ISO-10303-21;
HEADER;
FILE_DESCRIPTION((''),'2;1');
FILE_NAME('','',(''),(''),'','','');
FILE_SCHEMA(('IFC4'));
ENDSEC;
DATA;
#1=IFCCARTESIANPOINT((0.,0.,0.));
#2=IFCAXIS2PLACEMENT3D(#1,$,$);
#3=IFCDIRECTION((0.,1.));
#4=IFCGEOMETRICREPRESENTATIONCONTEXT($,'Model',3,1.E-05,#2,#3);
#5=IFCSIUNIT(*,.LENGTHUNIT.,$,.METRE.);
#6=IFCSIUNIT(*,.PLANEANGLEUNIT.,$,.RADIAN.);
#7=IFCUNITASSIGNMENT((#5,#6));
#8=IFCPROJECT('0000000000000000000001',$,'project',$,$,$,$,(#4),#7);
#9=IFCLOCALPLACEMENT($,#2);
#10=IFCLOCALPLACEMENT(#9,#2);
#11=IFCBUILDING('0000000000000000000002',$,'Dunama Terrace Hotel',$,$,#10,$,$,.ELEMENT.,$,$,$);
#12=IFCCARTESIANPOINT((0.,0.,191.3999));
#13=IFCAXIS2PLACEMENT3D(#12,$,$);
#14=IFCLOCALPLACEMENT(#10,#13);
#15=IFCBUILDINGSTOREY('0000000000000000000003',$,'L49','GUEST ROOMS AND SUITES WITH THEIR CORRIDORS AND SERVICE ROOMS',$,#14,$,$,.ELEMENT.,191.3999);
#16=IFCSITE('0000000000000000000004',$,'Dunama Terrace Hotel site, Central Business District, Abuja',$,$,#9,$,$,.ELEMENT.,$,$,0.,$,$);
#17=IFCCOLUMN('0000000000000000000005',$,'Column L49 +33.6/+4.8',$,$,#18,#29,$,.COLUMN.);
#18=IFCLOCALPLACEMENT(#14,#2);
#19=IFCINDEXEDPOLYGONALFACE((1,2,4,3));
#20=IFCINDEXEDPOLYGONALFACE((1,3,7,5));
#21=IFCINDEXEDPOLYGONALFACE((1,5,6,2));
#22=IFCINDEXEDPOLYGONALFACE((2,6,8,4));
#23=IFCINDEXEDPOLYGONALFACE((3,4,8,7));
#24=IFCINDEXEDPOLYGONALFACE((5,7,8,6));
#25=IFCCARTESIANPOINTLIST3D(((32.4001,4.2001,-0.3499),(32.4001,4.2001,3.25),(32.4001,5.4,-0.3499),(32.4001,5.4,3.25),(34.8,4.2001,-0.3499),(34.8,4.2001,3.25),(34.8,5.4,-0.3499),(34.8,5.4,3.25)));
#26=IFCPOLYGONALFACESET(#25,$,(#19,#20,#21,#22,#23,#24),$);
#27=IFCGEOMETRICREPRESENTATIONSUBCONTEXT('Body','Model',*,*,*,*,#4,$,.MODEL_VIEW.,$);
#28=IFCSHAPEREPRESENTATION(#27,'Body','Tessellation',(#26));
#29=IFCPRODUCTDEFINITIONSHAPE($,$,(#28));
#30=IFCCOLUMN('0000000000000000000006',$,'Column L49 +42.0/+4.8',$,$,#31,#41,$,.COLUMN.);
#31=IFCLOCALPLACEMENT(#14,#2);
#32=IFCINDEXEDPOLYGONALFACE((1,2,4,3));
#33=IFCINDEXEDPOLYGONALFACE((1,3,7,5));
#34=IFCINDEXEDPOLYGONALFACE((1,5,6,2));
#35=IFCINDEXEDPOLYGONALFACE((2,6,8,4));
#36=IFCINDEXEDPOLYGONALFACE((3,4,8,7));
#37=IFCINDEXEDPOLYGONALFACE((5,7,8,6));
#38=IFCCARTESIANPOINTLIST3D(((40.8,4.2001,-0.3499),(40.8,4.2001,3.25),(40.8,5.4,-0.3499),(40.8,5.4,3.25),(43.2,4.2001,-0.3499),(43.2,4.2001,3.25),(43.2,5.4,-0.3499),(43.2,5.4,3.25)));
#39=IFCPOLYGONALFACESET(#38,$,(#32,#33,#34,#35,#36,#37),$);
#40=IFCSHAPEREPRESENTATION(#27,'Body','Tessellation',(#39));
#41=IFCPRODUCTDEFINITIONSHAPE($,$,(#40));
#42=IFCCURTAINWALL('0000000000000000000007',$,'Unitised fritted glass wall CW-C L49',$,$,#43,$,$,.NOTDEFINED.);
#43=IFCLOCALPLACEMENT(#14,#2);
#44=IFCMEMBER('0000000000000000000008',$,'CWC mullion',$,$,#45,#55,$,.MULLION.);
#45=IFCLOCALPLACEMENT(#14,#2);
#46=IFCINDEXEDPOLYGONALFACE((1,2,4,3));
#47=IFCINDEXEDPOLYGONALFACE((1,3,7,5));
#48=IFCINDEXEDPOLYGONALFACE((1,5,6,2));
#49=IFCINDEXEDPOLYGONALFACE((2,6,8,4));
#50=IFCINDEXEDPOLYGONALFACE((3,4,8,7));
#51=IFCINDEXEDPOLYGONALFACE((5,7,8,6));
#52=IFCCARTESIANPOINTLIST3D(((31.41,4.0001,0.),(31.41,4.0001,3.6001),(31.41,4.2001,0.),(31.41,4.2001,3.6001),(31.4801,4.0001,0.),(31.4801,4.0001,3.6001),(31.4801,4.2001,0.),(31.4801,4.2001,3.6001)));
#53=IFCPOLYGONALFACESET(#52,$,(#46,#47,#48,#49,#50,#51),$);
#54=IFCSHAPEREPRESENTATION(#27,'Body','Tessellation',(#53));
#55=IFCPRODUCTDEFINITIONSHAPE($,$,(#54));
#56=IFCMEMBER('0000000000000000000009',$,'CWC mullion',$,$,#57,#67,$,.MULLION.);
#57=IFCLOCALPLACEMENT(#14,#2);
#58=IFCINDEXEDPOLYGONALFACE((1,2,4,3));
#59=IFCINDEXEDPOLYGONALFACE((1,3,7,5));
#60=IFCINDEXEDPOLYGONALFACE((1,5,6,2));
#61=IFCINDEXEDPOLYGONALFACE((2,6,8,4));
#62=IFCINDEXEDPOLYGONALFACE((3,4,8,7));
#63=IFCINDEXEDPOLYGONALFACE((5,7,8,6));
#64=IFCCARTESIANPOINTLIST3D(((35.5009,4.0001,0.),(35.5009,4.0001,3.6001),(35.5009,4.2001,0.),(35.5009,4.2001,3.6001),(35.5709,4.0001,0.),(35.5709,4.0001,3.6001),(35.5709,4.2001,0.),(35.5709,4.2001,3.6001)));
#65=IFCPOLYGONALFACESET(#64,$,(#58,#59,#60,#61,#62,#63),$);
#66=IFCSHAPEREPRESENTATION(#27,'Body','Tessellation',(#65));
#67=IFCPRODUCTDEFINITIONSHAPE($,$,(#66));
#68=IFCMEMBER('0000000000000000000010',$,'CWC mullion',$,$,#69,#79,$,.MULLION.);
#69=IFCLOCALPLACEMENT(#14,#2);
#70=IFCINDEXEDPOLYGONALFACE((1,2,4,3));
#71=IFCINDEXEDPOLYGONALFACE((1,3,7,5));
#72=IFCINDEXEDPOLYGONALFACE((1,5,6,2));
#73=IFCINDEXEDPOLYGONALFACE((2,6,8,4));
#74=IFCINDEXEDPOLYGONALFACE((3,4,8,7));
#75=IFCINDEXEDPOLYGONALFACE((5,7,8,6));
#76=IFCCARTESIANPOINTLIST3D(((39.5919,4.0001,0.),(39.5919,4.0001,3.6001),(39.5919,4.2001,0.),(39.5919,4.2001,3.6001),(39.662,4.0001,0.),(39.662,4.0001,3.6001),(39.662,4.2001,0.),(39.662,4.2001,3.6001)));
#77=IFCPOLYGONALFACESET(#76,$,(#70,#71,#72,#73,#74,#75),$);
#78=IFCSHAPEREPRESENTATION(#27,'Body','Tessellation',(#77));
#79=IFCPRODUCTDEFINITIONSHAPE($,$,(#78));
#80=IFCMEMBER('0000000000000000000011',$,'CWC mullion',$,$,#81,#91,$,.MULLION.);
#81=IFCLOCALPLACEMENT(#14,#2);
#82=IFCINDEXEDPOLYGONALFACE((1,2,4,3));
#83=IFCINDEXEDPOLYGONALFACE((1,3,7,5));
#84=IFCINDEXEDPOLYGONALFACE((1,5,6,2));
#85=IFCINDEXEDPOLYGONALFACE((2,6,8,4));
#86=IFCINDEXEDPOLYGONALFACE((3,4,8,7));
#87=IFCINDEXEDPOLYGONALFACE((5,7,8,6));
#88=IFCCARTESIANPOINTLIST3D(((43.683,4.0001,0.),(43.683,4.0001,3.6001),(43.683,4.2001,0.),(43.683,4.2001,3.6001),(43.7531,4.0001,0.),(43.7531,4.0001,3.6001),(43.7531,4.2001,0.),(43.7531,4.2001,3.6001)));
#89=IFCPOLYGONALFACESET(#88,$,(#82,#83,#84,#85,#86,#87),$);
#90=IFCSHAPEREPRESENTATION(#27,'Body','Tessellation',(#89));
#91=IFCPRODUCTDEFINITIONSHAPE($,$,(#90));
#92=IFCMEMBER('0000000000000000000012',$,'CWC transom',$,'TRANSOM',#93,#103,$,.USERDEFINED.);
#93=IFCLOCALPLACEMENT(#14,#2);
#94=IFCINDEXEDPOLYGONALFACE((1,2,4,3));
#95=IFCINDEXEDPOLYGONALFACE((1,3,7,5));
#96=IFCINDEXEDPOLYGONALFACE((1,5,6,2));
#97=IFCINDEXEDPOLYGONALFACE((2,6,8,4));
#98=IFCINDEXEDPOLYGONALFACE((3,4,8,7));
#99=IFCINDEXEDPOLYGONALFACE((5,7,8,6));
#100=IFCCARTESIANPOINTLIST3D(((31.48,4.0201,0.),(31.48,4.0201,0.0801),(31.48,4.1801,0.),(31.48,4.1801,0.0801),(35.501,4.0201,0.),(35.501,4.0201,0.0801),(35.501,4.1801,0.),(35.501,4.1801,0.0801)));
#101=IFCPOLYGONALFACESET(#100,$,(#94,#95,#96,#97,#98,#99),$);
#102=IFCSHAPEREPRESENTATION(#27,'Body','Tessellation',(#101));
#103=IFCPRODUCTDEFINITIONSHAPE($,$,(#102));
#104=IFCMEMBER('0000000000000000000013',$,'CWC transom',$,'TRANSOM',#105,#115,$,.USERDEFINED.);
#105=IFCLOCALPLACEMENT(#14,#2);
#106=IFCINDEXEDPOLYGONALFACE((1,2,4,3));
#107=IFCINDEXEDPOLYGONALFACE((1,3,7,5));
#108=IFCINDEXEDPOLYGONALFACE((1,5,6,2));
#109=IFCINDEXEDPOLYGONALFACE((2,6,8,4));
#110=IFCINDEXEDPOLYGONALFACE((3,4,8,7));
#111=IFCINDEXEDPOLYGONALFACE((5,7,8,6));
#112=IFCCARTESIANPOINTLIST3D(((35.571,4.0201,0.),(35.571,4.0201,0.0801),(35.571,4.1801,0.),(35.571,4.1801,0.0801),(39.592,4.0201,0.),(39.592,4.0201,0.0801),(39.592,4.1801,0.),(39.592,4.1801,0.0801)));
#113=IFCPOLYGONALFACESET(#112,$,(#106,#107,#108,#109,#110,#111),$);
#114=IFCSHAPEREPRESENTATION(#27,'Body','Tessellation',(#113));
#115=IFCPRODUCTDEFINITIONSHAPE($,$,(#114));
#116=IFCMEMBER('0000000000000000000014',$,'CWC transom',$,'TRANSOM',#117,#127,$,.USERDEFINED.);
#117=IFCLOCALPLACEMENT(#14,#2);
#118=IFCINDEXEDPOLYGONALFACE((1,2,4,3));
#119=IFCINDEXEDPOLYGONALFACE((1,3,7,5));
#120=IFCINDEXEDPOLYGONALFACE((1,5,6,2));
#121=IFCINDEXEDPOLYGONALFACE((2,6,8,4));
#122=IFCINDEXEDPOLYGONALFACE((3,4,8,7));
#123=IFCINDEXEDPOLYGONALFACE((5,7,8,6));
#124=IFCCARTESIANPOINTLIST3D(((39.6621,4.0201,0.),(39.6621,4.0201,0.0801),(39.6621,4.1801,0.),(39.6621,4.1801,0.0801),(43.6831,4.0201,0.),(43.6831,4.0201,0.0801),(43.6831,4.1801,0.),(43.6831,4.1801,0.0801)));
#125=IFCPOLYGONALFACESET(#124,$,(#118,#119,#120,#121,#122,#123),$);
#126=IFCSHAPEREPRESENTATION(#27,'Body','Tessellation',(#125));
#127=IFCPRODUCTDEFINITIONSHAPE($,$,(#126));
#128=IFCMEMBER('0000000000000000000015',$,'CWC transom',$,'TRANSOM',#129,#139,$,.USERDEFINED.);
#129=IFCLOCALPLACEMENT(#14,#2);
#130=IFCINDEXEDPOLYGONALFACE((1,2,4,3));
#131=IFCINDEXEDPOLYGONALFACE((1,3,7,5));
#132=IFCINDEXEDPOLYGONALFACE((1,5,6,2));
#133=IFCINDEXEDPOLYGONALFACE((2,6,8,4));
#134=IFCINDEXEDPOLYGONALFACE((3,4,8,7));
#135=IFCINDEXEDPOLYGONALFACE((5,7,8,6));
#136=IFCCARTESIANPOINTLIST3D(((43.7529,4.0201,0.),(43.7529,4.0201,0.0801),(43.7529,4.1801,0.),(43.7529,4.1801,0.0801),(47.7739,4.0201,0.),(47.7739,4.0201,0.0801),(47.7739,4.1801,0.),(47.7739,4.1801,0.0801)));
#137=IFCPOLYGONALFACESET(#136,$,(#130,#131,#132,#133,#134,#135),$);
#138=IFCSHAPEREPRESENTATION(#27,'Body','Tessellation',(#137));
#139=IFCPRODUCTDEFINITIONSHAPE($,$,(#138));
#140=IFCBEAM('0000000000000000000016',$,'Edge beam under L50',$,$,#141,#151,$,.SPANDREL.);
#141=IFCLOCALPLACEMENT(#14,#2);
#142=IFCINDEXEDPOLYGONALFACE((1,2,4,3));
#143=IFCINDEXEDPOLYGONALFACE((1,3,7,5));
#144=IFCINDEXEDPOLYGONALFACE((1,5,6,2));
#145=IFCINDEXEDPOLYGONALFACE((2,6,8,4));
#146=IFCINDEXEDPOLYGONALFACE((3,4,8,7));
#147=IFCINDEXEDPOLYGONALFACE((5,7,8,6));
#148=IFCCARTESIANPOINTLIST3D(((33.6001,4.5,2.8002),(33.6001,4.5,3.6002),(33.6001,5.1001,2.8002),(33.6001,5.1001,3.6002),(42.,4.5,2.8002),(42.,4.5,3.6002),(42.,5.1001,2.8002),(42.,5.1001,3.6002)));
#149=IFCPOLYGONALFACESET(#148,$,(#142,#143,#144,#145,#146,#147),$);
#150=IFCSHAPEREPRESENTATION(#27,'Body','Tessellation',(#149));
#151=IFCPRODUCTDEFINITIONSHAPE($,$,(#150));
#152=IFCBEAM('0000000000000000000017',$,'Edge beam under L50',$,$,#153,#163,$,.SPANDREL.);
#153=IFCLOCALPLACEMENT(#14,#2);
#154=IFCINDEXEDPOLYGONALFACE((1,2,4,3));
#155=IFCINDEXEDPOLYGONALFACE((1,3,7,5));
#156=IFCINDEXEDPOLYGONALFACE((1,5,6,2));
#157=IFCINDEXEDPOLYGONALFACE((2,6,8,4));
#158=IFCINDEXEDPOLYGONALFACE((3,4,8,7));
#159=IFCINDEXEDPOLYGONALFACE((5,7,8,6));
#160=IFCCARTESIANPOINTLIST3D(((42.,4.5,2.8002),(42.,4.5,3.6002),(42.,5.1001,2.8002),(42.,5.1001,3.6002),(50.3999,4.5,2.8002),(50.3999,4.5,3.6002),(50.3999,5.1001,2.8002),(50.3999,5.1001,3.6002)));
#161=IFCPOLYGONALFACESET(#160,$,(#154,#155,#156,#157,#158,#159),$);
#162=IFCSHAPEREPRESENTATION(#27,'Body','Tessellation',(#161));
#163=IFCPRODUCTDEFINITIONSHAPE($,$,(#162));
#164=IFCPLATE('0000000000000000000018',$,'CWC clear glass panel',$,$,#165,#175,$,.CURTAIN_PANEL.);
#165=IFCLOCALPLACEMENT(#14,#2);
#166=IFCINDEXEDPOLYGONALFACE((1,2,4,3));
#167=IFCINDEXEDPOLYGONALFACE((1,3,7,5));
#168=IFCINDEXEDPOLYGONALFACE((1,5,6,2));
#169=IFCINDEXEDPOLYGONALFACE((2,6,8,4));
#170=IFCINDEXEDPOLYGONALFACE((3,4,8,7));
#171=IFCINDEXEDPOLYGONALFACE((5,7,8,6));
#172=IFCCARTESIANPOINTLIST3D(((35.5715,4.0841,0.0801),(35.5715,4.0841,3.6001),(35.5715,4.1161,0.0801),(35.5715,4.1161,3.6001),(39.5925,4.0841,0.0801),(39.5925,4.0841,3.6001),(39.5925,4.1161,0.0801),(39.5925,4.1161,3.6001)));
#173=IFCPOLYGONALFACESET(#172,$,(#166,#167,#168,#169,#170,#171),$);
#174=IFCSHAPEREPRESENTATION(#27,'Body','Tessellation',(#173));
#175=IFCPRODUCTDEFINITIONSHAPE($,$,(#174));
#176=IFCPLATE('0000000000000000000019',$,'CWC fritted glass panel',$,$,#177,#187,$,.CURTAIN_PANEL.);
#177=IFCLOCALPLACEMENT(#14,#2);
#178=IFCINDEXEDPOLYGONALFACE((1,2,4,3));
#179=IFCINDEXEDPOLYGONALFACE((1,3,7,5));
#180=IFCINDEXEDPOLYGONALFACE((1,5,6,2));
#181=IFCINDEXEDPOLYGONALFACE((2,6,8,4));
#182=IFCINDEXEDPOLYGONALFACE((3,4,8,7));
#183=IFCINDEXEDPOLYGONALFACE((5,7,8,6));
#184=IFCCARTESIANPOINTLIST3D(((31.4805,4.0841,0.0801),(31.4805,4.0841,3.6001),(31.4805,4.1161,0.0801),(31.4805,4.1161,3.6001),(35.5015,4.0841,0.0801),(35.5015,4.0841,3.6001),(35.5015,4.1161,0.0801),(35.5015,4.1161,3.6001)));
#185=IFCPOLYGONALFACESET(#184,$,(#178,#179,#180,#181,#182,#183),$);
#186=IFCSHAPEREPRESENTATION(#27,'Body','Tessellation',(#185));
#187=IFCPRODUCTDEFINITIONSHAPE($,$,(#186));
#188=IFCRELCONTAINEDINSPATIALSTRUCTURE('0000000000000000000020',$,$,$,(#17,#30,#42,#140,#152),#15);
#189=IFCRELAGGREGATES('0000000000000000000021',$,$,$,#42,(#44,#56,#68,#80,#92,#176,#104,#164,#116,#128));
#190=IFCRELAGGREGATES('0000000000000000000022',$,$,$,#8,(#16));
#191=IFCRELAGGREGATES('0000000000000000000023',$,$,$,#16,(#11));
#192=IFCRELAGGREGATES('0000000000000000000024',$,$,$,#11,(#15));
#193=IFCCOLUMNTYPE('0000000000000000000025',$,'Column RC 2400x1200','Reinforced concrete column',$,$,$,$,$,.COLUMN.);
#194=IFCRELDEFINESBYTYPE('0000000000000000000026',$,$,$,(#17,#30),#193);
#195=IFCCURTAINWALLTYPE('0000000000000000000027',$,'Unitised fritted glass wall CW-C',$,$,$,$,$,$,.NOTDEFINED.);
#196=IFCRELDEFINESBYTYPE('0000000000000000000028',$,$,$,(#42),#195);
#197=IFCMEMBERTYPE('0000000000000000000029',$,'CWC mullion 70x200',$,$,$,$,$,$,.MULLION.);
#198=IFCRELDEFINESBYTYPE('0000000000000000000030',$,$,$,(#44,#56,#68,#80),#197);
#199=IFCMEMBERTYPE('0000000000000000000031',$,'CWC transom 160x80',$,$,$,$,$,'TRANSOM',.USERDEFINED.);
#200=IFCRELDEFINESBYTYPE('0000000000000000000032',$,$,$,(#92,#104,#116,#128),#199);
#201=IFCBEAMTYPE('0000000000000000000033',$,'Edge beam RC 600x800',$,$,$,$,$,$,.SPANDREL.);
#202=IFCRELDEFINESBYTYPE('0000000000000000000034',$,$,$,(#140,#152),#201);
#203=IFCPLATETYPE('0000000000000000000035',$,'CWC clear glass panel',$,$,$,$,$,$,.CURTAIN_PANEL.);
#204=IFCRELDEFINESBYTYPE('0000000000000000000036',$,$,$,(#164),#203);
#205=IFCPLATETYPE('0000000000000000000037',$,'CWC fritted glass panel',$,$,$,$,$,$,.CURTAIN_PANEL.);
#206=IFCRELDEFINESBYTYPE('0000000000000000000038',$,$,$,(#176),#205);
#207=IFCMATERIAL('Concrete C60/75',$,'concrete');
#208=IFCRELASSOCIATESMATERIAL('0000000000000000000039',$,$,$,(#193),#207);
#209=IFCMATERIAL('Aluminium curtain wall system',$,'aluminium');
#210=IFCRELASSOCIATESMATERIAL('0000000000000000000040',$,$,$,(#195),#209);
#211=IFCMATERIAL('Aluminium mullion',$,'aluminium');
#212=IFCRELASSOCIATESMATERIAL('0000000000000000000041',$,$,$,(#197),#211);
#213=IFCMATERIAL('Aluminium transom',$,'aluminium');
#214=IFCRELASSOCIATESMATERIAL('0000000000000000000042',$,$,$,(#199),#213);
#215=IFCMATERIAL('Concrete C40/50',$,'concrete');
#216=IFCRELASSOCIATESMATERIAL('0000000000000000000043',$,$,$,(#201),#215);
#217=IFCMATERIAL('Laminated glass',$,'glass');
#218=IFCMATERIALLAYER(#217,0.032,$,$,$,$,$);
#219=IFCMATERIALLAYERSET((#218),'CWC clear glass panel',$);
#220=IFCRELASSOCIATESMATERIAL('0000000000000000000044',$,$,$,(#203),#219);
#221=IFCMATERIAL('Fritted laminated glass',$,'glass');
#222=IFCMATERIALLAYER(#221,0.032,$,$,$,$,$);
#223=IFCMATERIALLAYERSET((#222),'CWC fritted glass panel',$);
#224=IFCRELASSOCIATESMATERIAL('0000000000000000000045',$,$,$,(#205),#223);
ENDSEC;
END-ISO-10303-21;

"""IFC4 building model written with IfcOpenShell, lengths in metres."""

from ifc_helpers import new_model, si_unit, direction, frame, origin, origin_2d, place, context, subcontext, project, spatial, rectangle, extrude, material, layer, layer_set, material_profile, profile_set, type_object, element, aggregate, save


model = new_model("IFC4")

# Units and contexts
model_context = context("Model", 3, precision=1e-05, world=origin(), true_north=direction((0.0, 1.0)))
body_context = subcontext(model_context, "Body", "Model", "MODEL_VIEW")
ifc_project = project(units=[si_unit("LENGTHUNIT", "METRE"), si_unit("PLANEANGLEUNIT", "RADIAN")], contexts=[model_context])

# Site, building, storey
site_placement = place(None, origin())
site = spatial("IfcSite", under=ifc_project, at=site_placement, Name="Dunama Terrace Hotel site, Central Business District, Abuja", CompositionType="ELEMENT", RefElevation=0.0)
building_placement = place(site_placement, origin())
building = spatial("IfcBuilding", under=site, at=building_placement, Name="Dunama Terrace Hotel", CompositionType="ELEMENT")
storey_placement = place(building_placement, frame((0.0, 0.0, 191.3999)))
storey = spatial("IfcBuildingStorey", under=building, at=storey_placement, Name="L49", Description="GUEST ROOMS AND SUITES WITH THEIR CORRIDORS AND SERVICE ROOMS", CompositionType="ELEMENT", Elevation=191.3999)

# Columns
ifc_material_1 = material(Name="Concrete C60/75", Category="concrete")
ifc_material_profile_1 = material_profile(ifc_material_1, rectangle(XDim=2.3999, YDim=1.2, at=origin_2d()), Name="RC 2400x1200")
ifc_profile_set_1 = profile_set([ifc_material_profile_1], Name="Concrete C60/75")
column_type = type_object("IfcColumnType", Name="Column RC 2400x1200", Description="Reinforced concrete column", PredefinedType="COLUMN", material=ifc_profile_set_1)
for number, where, z_axis, x_axis, name in (
    (1, (33.6001, 4.8, -0.3499), (0.0, 0.0, 1.0), (1.0, 0.0, 0.0), "Column L49 +33.6/+4.8"),
    (2, (42.0, 4.8, -0.3499), (0.0, 0.0, 1.0), (1.0, 0.0, 0.0), "Column L49 +42.0/+4.8"),
):
    element("IfcColumn", number, at=place(storey_placement, frame(where, z_axis=z_axis, x_axis=x_axis)), inside=storey, type_object=column_type, Name=name, PredefinedType="COLUMN", context=body_context, shape_type="SweptSolid", body=[
        extrude(rectangle(XDim=2.3999, YDim=1.2, at=origin_2d()), origin(), (0.0, 0.0, 1.0), 3.5999),
    ])

# Curtain wall, members
ifc_material_2 = material(Name="Aluminium curtain wall system", Category="aluminium")
curtain_wall_type = type_object("IfcCurtainWallType", Name="Unitised fritted glass wall CW-C", PredefinedType="NOTDEFINED", material=ifc_material_2)
curtain_wall_placement = place(storey_placement, origin())
curtain_wall = element("IfcCurtainWall", 3, at=curtain_wall_placement, inside=storey, type_object=curtain_wall_type, Name="Unitised fritted glass wall CW-C L49", PredefinedType="NOTDEFINED")
ifc_material_3 = material(Name="Aluminium mullion", Category="aluminium")
ifc_material_profile_2 = material_profile(ifc_material_3, rectangle(XDim=0.0701, YDim=0.2, at=origin_2d()), Name="CWC MULLION 70X200")
ifc_profile_set_2 = profile_set([ifc_material_profile_2], Name="Aluminium mullion")
member_type_1 = type_object("IfcMemberType", Name="CWC mullion 70x200", PredefinedType="MULLION", material=ifc_profile_set_2)
member_1_placement = place(storey_placement, frame((31.4451, 4.1001, 0.0), z_axis=(0.0, 0.0, 1.0), x_axis=(1.0, 0.0, 0.0)))
member_1 = element("IfcMember", 4, at=member_1_placement, type_object=member_type_1, Name="CWC mullion", PredefinedType="MULLION", context=body_context, shape_type="SweptSolid", body=[
    extrude(rectangle(XDim=0.0701, YDim=0.2, at=origin_2d()), origin(), (0.0, 0.0, 1.0), 3.6001),
])
member_2_placement = place(storey_placement, frame((35.5359, 4.1001, 0.0), z_axis=(0.0, 0.0, 1.0), x_axis=(1.0, 0.0, 0.0)))
member_2 = element("IfcMember", 5, at=member_2_placement, type_object=member_type_1, Name="CWC mullion", PredefinedType="MULLION", context=body_context, shape_type="SweptSolid", body=[
    extrude(rectangle(XDim=0.0701, YDim=0.2, at=origin_2d()), origin(), (0.0, 0.0, 1.0), 3.6001),
])
member_3_placement = place(storey_placement, frame((39.627, 4.1001, 0.0), z_axis=(0.0, 0.0, 1.0), x_axis=(1.0, 0.0, 0.0)))
member_3 = element("IfcMember", 6, at=member_3_placement, type_object=member_type_1, Name="CWC mullion", PredefinedType="MULLION", context=body_context, shape_type="SweptSolid", body=[
    extrude(rectangle(XDim=0.0701, YDim=0.2, at=origin_2d()), origin(), (0.0, 0.0, 1.0), 3.6001),
])
member_4_placement = place(storey_placement, frame((43.718, 4.1001, 0.0), z_axis=(0.0, 0.0, 1.0), x_axis=(1.0, 0.0, 0.0)))
member_4 = element("IfcMember", 7, at=member_4_placement, type_object=member_type_1, Name="CWC mullion", PredefinedType="MULLION", context=body_context, shape_type="SweptSolid", body=[
    extrude(rectangle(XDim=0.0701, YDim=0.2, at=origin_2d()), origin(), (0.0, 0.0, 1.0), 3.6001),
])
ifc_material_4 = material(Name="Aluminium transom", Category="aluminium")
ifc_material_profile_3 = material_profile(ifc_material_4, rectangle(XDim=0.1599, YDim=0.0801, at=origin_2d()), Name="CWC TRANSOM 160X80")
ifc_profile_set_3 = profile_set([ifc_material_profile_3], Name="Aluminium transom")
member_type_2 = type_object("IfcMemberType", Name="CWC transom 160x80", ElementType="TRANSOM", PredefinedType="USERDEFINED", material=ifc_profile_set_3)
member_5_placement = place(storey_placement, frame((31.48, 4.1001, 0.04), z_axis=(1.0, 0.0, 0.0), x_axis=(0.0, 1.0, 0.0)))
member_5 = element("IfcMember", 8, at=member_5_placement, type_object=member_type_2, Name="CWC transom", ObjectType="TRANSOM", PredefinedType="USERDEFINED", context=body_context, shape_type="SweptSolid", body=[
    extrude(rectangle(XDim=0.1599, YDim=0.0801, at=origin_2d()), origin(), (0.0, 0.0, 1.0), 4.021),
])
member_6_placement = place(storey_placement, frame((35.571, 4.1001, 0.04), z_axis=(1.0, 0.0, 0.0), x_axis=(0.0, 1.0, 0.0)))
member_6 = element("IfcMember", 9, at=member_6_placement, type_object=member_type_2, Name="CWC transom", ObjectType="TRANSOM", PredefinedType="USERDEFINED", context=body_context, shape_type="SweptSolid", body=[
    extrude(rectangle(XDim=0.1599, YDim=0.0801, at=origin_2d()), origin(), (0.0, 0.0, 1.0), 4.021),
])
member_7_placement = place(storey_placement, frame((39.6621, 4.1001, 0.04), z_axis=(1.0, 0.0, 0.0), x_axis=(0.0, 1.0, 0.0)))
member_7 = element("IfcMember", 10, at=member_7_placement, type_object=member_type_2, Name="CWC transom", ObjectType="TRANSOM", PredefinedType="USERDEFINED", context=body_context, shape_type="SweptSolid", body=[
    extrude(rectangle(XDim=0.1599, YDim=0.0801, at=origin_2d()), origin(), (0.0, 0.0, 1.0), 4.021),
])
member_8_placement = place(storey_placement, frame((43.7529, 4.1001, 0.04), z_axis=(1.0, 0.0, 0.0), x_axis=(0.0, 1.0, 0.0)))
member_8 = element("IfcMember", 11, at=member_8_placement, type_object=member_type_2, Name="CWC transom", ObjectType="TRANSOM", PredefinedType="USERDEFINED", context=body_context, shape_type="SweptSolid", body=[
    extrude(rectangle(XDim=0.1599, YDim=0.0801, at=origin_2d()), origin(), (0.0, 0.0, 1.0), 4.021),
])

# Beams
ifc_material_5 = material(Name="Concrete C40/50", Category="concrete")
ifc_material_profile_4 = material_profile(ifc_material_5, rectangle(XDim=0.6001, YDim=0.8, at=origin_2d()), Name="RC 600x800")
ifc_profile_set_4 = profile_set([ifc_material_profile_4], Name="Concrete C40/50")
beam_type = type_object("IfcBeamType", Name="Edge beam RC 600x800", PredefinedType="SPANDREL", material=ifc_profile_set_4)
for number, where, z_axis, x_axis, name in (
    (12, (33.6001, 4.8, 3.2002), (1.0, 0.0, 0.0), (0.0, 1.0, 0.0), "Edge beam under L50"),
    (13, (42.0, 4.8, 3.2002), (1.0, 0.0, 0.0), (0.0, 1.0, 0.0), "Edge beam under L50"),
):
    element("IfcBeam", number, at=place(storey_placement, frame(where, z_axis=z_axis, x_axis=x_axis)), inside=storey, type_object=beam_type, Name=name, PredefinedType="SPANDREL", context=body_context, shape_type="SweptSolid", body=[
        extrude(rectangle(XDim=0.6001, YDim=0.8, at=origin_2d()), origin(), (0.0, 0.0, 1.0), 8.3999),
    ])

# Plates
ifc_material_6 = material(Name="Laminated glass", Category="glass")
ifc_layer_1 = layer(ifc_material_6, 0.032)
ifc_layer_set_1 = layer_set([ifc_layer_1], Name="CWC clear glass panel")
plate_type_1 = type_object("IfcPlateType", Name="CWC clear glass panel", PredefinedType="CURTAIN_PANEL", material=ifc_layer_set_1)
plate_1_placement = place(storey_placement, frame((37.582, 4.1001, 0.0801), z_axis=(0.0, 0.0, 1.0), x_axis=(1.0, 0.0, 0.0)))
plate_1 = element("IfcPlate", 14, at=plate_1_placement, type_object=plate_type_1, Name="CWC clear glass panel", PredefinedType="CURTAIN_PANEL", context=body_context, shape_type="SweptSolid", body=[
    extrude(rectangle(XDim=4.021, YDim=0.032, at=origin_2d()), origin(), (0.0, 0.0, 1.0), 3.52),
])
ifc_material_7 = material(Name="Fritted laminated glass", Category="glass")
ifc_layer_2 = layer(ifc_material_7, 0.032)
ifc_layer_set_2 = layer_set([ifc_layer_2], Name="CWC fritted glass panel")
plate_type_2 = type_object("IfcPlateType", Name="CWC fritted glass panel", PredefinedType="CURTAIN_PANEL", material=ifc_layer_set_2)
plate_2_placement = place(storey_placement, frame((33.491, 4.1001, 0.0801), z_axis=(0.0, 0.0, 1.0), x_axis=(1.0, 0.0, 0.0)))
plate_2 = element("IfcPlate", 15, at=plate_2_placement, type_object=plate_type_2, Name="CWC fritted glass panel", PredefinedType="CURTAIN_PANEL", context=body_context, shape_type="SweptSolid", body=[
    extrude(rectangle(XDim=4.021, YDim=0.032, at=origin_2d()), origin(), (0.0, 0.0, 1.0), 3.52),
])
aggregate(curtain_wall, [member_1, member_2, member_3, member_4, member_5, plate_2, member_6, plate_1, member_7, member_8])

save(model, "model.ifc")
